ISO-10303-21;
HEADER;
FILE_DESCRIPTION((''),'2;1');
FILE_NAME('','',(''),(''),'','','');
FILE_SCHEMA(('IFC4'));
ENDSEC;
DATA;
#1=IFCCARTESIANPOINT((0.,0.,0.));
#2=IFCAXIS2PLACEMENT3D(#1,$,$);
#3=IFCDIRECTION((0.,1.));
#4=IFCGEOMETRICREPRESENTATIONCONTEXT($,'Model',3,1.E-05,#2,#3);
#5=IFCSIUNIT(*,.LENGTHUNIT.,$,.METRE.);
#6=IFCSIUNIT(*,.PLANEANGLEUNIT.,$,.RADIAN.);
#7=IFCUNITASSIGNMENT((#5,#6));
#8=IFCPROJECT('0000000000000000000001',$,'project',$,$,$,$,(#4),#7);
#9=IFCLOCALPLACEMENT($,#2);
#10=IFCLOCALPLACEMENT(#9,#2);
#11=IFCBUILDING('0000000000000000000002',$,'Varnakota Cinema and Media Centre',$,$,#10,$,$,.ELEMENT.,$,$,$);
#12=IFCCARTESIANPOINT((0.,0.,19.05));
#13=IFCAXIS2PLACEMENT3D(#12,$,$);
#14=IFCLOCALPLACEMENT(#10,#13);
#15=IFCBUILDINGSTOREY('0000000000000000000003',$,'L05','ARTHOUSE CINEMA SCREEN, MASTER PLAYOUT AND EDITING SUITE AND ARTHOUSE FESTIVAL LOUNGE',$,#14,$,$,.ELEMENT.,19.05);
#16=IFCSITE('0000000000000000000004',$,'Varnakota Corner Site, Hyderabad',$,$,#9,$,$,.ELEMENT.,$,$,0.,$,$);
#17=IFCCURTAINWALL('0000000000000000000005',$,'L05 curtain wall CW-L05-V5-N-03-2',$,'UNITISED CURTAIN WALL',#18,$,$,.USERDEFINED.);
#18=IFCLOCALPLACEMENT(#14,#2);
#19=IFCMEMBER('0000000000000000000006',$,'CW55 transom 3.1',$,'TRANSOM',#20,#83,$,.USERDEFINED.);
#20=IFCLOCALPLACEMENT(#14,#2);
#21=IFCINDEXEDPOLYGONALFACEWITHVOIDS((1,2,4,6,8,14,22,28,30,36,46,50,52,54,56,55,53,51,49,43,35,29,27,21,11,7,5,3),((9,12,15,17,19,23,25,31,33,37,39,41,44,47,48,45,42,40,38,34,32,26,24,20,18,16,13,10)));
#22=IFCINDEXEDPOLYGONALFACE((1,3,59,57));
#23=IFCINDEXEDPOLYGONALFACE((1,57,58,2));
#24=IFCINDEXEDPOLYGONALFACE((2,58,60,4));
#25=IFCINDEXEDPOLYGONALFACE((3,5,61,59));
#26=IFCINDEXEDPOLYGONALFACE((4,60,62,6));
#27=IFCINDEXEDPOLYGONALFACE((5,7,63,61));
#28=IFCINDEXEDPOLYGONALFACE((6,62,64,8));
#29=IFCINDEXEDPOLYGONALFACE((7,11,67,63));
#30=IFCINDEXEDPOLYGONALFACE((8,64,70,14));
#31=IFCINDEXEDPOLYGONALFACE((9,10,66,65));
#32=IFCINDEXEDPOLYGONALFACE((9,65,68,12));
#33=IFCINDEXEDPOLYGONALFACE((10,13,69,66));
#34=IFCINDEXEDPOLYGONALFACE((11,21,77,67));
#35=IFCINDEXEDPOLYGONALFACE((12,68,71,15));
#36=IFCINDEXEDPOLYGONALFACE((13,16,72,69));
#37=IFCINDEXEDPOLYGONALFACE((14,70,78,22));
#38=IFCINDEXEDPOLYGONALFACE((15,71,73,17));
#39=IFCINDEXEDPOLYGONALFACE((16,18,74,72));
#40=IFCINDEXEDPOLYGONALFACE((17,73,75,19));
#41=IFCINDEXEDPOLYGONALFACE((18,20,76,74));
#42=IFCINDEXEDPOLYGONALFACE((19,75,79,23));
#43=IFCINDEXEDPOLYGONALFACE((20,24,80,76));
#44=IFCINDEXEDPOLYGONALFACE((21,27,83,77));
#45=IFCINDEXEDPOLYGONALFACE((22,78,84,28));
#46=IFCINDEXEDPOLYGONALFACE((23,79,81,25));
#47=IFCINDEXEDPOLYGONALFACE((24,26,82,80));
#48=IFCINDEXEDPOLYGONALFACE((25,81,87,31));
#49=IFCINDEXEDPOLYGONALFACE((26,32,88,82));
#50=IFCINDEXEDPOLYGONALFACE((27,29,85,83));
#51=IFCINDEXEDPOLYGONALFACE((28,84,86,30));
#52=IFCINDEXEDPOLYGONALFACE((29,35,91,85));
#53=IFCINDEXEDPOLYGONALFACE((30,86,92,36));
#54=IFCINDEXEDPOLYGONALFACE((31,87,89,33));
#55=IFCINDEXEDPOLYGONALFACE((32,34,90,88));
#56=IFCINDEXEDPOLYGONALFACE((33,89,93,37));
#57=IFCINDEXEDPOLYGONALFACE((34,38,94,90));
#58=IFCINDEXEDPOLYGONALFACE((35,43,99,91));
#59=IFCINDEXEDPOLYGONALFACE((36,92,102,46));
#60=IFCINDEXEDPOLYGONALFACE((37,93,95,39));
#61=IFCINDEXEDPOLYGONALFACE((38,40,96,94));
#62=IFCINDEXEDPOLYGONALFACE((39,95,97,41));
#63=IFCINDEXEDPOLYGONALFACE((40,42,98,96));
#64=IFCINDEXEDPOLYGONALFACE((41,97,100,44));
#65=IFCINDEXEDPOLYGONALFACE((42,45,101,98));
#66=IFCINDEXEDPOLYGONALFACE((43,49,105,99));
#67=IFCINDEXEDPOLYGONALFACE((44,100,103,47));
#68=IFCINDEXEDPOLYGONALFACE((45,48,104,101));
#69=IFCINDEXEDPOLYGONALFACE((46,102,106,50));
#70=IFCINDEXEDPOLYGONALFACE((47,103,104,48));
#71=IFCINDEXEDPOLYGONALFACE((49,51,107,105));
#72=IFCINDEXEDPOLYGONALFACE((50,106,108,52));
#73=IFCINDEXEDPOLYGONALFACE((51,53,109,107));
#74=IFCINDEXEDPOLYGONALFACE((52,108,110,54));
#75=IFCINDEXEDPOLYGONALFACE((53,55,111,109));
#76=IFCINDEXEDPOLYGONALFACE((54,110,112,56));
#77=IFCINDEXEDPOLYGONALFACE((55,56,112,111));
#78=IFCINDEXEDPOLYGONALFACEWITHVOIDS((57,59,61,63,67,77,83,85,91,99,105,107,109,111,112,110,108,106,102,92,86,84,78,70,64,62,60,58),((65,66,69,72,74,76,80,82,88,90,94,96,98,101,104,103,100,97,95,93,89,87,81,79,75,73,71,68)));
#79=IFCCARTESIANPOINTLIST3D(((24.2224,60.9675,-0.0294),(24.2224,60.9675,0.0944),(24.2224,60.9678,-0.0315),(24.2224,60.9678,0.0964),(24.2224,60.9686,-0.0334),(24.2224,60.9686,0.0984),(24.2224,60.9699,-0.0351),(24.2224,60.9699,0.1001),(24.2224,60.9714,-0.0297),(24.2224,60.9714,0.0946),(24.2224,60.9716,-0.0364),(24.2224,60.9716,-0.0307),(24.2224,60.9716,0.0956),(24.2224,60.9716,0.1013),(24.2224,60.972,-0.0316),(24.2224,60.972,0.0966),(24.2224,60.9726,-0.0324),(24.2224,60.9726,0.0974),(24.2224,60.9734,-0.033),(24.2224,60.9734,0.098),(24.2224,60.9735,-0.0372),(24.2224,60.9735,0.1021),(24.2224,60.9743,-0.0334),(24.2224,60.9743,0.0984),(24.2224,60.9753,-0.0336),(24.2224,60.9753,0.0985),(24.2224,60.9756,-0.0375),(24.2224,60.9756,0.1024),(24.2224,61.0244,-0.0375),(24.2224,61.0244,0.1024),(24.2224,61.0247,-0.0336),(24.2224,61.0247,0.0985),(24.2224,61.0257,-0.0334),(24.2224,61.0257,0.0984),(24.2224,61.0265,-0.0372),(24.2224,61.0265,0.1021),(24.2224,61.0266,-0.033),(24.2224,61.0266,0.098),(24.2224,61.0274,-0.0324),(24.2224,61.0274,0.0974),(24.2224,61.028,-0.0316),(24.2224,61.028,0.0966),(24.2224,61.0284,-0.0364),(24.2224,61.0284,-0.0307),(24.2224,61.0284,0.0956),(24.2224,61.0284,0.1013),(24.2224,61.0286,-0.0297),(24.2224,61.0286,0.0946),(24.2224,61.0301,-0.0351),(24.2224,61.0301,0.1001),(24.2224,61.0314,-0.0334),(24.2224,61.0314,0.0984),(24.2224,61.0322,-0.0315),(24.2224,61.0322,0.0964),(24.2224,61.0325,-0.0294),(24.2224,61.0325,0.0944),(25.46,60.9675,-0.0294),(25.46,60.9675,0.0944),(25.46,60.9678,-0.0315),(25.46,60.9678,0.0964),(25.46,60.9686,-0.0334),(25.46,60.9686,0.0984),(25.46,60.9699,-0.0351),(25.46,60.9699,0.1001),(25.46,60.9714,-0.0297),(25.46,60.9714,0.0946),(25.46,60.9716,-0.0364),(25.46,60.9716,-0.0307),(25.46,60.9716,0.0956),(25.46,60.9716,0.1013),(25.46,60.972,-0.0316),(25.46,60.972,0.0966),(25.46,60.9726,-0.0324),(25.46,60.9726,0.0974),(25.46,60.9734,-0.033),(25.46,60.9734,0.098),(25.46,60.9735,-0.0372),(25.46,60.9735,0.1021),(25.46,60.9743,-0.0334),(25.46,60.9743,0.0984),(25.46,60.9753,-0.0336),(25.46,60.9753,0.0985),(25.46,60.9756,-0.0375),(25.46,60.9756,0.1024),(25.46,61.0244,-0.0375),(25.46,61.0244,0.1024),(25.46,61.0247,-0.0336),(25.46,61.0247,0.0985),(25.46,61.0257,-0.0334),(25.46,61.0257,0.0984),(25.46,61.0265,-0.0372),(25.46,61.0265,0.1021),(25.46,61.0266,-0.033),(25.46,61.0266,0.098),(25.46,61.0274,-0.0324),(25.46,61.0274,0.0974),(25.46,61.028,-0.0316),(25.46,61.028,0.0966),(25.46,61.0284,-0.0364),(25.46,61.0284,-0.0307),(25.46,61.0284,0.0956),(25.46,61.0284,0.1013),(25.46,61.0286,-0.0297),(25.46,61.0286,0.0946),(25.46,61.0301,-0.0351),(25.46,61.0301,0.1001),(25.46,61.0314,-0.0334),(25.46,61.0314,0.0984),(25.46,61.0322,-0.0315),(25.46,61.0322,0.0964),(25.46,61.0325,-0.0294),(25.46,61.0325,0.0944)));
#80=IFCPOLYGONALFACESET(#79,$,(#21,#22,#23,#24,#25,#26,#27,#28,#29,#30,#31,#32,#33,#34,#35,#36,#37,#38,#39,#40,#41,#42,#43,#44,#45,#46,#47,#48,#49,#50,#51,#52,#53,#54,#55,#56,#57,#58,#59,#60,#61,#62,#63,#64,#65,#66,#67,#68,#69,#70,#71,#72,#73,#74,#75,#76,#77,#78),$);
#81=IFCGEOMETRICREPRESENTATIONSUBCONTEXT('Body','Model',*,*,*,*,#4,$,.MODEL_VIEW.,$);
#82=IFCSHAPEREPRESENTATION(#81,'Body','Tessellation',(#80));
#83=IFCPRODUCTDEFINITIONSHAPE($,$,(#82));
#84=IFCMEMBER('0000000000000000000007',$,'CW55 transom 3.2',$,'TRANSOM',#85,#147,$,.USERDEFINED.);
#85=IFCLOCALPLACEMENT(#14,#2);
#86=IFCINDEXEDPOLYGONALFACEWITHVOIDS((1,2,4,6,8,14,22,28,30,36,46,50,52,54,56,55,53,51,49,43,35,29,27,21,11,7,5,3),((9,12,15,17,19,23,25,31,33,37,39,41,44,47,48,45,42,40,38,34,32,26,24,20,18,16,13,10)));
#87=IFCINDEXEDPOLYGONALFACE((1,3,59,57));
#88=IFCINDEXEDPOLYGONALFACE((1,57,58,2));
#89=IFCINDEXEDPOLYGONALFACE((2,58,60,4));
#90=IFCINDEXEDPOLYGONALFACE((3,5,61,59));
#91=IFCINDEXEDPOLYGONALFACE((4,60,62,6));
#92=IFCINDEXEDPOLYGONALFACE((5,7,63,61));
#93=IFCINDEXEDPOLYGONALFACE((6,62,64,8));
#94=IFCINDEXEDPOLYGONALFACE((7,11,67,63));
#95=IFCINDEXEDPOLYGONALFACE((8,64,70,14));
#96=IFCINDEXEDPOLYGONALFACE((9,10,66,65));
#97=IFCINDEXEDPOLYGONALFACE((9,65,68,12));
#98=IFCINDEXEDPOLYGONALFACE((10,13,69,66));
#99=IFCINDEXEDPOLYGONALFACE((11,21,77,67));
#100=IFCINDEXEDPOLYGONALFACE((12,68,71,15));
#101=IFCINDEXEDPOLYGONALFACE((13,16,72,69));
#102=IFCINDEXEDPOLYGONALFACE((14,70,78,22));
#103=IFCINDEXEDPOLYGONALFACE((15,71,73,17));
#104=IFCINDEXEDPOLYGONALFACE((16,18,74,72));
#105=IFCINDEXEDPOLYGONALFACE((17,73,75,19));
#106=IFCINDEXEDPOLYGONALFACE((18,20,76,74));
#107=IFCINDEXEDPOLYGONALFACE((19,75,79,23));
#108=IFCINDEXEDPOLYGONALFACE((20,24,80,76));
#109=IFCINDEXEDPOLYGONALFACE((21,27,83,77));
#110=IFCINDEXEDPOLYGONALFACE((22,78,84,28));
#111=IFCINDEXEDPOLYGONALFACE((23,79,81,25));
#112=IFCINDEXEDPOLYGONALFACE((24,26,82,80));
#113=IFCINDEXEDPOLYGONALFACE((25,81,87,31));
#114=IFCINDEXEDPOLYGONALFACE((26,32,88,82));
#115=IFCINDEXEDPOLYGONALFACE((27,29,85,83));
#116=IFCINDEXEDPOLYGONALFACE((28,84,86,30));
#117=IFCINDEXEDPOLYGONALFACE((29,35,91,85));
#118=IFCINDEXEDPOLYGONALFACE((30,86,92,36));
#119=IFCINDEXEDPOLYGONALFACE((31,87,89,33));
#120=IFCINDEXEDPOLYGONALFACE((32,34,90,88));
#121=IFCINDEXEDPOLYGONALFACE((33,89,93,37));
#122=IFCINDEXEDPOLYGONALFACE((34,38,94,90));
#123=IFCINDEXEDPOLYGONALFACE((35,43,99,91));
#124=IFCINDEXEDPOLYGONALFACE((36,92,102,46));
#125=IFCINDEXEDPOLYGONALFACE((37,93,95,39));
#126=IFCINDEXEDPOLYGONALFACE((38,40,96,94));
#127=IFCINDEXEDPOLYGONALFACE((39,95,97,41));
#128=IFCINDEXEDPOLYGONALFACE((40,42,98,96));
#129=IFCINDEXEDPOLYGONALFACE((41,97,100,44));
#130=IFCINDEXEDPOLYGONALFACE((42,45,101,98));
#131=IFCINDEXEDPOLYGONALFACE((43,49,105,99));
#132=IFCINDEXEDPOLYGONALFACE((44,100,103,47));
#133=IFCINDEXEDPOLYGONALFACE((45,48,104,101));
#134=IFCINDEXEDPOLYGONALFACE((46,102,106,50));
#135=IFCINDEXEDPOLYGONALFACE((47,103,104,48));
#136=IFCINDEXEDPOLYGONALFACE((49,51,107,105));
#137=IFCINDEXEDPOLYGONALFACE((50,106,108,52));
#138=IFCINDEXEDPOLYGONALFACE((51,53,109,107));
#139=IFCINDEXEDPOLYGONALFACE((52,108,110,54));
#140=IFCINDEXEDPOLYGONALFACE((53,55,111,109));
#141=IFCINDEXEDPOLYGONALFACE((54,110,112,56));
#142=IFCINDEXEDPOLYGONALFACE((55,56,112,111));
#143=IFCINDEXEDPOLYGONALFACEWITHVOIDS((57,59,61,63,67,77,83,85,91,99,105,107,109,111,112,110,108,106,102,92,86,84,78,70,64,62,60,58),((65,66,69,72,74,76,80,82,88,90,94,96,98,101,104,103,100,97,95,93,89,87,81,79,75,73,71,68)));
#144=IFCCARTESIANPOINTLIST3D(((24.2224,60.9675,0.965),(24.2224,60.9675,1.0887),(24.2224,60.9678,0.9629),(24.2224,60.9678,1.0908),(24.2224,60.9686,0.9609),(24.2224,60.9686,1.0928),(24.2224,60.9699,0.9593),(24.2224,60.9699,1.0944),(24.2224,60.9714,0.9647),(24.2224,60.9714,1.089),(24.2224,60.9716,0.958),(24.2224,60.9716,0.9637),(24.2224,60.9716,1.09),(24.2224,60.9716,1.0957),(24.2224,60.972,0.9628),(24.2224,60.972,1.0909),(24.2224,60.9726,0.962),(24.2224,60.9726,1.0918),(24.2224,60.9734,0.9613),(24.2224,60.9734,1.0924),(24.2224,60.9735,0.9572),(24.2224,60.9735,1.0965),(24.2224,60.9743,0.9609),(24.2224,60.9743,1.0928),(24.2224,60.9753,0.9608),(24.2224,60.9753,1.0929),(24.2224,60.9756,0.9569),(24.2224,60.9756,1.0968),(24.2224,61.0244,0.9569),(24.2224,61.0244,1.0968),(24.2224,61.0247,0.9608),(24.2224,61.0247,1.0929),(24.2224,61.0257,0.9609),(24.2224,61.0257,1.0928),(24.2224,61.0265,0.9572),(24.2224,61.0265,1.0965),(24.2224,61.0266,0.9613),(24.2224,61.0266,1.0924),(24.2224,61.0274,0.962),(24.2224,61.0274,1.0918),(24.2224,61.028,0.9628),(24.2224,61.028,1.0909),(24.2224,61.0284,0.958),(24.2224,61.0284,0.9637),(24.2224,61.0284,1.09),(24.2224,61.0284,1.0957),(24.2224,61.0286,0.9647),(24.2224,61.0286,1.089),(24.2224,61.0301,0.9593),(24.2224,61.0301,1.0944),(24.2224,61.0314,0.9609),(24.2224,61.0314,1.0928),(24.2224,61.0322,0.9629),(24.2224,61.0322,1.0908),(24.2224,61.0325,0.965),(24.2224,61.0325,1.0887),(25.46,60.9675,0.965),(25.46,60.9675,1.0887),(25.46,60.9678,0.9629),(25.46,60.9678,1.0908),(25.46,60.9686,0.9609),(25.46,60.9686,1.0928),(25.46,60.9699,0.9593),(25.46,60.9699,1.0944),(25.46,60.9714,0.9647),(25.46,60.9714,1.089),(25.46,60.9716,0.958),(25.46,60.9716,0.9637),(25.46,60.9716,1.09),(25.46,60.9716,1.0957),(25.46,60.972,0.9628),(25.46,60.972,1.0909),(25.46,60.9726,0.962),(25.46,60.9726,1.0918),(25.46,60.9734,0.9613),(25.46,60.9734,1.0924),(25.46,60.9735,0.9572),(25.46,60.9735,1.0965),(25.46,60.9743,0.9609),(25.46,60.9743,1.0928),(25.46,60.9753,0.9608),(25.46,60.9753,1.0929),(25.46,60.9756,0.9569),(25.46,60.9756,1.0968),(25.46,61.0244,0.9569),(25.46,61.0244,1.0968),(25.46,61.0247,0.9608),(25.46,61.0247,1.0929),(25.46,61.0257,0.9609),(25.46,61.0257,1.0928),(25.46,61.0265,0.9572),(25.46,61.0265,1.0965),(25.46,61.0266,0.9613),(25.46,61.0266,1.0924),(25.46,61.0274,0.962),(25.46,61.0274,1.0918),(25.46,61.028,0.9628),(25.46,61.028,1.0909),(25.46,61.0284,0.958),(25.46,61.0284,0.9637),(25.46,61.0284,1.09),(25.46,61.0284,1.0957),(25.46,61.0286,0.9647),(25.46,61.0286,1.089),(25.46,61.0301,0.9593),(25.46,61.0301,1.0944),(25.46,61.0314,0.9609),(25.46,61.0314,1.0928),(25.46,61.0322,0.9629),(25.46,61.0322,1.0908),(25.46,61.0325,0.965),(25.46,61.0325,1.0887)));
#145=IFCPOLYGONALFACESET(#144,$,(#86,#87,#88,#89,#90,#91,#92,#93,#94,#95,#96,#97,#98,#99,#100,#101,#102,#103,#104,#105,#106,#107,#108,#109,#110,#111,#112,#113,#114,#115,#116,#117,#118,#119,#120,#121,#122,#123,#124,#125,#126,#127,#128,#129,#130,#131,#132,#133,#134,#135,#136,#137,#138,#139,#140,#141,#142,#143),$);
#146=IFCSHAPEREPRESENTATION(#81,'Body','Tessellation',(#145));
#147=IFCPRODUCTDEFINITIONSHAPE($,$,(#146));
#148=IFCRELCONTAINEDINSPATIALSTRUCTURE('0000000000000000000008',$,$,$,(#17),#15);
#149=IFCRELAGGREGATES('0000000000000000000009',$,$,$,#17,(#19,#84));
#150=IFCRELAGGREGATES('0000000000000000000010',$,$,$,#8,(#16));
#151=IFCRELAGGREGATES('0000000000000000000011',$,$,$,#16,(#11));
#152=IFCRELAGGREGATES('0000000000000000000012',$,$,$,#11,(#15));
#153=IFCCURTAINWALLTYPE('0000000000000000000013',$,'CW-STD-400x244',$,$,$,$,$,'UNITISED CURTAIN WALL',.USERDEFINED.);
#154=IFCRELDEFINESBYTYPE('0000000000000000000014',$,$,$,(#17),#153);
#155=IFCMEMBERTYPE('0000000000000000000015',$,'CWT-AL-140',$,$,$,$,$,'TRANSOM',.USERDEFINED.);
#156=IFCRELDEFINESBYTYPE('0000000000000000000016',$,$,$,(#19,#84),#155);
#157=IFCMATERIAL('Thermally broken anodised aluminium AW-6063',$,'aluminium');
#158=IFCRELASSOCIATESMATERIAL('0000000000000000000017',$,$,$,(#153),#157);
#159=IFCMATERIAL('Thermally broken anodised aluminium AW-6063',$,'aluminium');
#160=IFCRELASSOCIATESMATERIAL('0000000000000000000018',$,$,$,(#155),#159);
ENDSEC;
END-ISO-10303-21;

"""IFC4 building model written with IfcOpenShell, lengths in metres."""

from ifc_helpers import new_model, si_unit, direction, frame, origin, origin_2d, place, context, subcontext, project, spatial, hollow_rectangle, extrude, material, material_profile, profile_set, type_object, element, aggregate, save


model = new_model("IFC4")

# Units and contexts
model_context = context("Model", 3, precision=1e-05, world=origin(), true_north=direction((0.0, 1.0)))
body_context = subcontext(model_context, "Body", "Model", "MODEL_VIEW")
ifc_project = project(units=[si_unit("LENGTHUNIT", "METRE"), si_unit("PLANEANGLEUNIT", "RADIAN")], contexts=[model_context])

# Site, building, storey
site_placement = place(None, origin())
site = spatial("IfcSite", under=ifc_project, at=site_placement, Name="Varnakota Corner Site, Hyderabad", CompositionType="ELEMENT", RefElevation=0.0)
building_placement = place(site_placement, origin())
building = spatial("IfcBuilding", under=site, at=building_placement, Name="Varnakota Cinema and Media Centre", CompositionType="ELEMENT")
storey_placement = place(building_placement, frame((0.0, 0.0, 19.05)))
storey = spatial("IfcBuildingStorey", under=building, at=storey_placement, Name="L05", Description="ARTHOUSE CINEMA SCREEN, MASTER PLAYOUT AND EDITING SUITE AND ARTHOUSE FESTIVAL LOUNGE", CompositionType="ELEMENT", Elevation=19.05)

# Curtain wall, members
ifc_material_1 = material(Name="Thermally broken anodised aluminium AW-6063", Category="aluminium")
curtain_wall_type = type_object("IfcCurtainWallType", Name="CW-STD-400x244", ElementType="UNITISED CURTAIN WALL", PredefinedType="USERDEFINED", material=ifc_material_1)
curtain_wall_placement = place(storey_placement, origin())
curtain_wall = element("IfcCurtainWall", 1, at=curtain_wall_placement, inside=storey, type_object=curtain_wall_type, Name="L05 curtain wall CW-L05-V5-N-03-2", ObjectType="UNITISED CURTAIN WALL", PredefinedType="USERDEFINED")
ifc_material_2 = material(Name="Thermally broken anodised aluminium AW-6063", Category="aluminium")
ifc_material_profile_1 = material_profile(ifc_material_2, hollow_rectangle(XDim=0.0649, YDim=0.1399, WallThickness=0.0039, InnerFilletRadius=0.0039, OuterFilletRadius=0.0081, at=origin_2d()), Name="AL-TRANSOM 140x65x4")
ifc_profile_set_1 = profile_set([ifc_material_profile_1], Name="Thermally broken anodised aluminium AW-6063")
member_type_1 = type_object("IfcMemberType", Name="CWT-AL-140", ElementType="TRANSOM", PredefinedType="USERDEFINED", material=ifc_profile_set_1)
member_1_placement = place(storey_placement, frame((24.2224, 61.0, 0.0325), z_axis=(1.0, 0.0, 0.0), x_axis=(0.0, 1.0, 0.0)))
member_1 = element("IfcMember", 2, at=member_1_placement, type_object=member_type_1, Name="CW55 transom 3.1", ObjectType="TRANSOM", PredefinedType="USERDEFINED", context=body_context, shape_type="SweptSolid", body=[
    extrude(hollow_rectangle(XDim=0.0649, YDim=0.1399, WallThickness=0.0039, InnerFilletRadius=0.0039, OuterFilletRadius=0.0081, at=origin_2d()), origin(), (0.0, 0.0, 1.0), 1.2375),
])
member_2_placement = place(storey_placement, frame((24.2224, 61.0, 1.0269), z_axis=(1.0, 0.0, 0.0), x_axis=(0.0, 1.0, 0.0)))
member_2 = element("IfcMember", 3, at=member_2_placement, type_object=member_type_1, Name="CW55 transom 3.2", ObjectType="TRANSOM", PredefinedType="USERDEFINED", context=body_context, shape_type="SweptSolid", body=[
    extrude(hollow_rectangle(XDim=0.0649, YDim=0.1399, WallThickness=0.0039, InnerFilletRadius=0.0039, OuterFilletRadius=0.0081, at=origin_2d()), origin(), (0.0, 0.0, 1.0), 1.2375),
])
aggregate(curtain_wall, [member_1, member_2])

save(model, "model.ifc")
